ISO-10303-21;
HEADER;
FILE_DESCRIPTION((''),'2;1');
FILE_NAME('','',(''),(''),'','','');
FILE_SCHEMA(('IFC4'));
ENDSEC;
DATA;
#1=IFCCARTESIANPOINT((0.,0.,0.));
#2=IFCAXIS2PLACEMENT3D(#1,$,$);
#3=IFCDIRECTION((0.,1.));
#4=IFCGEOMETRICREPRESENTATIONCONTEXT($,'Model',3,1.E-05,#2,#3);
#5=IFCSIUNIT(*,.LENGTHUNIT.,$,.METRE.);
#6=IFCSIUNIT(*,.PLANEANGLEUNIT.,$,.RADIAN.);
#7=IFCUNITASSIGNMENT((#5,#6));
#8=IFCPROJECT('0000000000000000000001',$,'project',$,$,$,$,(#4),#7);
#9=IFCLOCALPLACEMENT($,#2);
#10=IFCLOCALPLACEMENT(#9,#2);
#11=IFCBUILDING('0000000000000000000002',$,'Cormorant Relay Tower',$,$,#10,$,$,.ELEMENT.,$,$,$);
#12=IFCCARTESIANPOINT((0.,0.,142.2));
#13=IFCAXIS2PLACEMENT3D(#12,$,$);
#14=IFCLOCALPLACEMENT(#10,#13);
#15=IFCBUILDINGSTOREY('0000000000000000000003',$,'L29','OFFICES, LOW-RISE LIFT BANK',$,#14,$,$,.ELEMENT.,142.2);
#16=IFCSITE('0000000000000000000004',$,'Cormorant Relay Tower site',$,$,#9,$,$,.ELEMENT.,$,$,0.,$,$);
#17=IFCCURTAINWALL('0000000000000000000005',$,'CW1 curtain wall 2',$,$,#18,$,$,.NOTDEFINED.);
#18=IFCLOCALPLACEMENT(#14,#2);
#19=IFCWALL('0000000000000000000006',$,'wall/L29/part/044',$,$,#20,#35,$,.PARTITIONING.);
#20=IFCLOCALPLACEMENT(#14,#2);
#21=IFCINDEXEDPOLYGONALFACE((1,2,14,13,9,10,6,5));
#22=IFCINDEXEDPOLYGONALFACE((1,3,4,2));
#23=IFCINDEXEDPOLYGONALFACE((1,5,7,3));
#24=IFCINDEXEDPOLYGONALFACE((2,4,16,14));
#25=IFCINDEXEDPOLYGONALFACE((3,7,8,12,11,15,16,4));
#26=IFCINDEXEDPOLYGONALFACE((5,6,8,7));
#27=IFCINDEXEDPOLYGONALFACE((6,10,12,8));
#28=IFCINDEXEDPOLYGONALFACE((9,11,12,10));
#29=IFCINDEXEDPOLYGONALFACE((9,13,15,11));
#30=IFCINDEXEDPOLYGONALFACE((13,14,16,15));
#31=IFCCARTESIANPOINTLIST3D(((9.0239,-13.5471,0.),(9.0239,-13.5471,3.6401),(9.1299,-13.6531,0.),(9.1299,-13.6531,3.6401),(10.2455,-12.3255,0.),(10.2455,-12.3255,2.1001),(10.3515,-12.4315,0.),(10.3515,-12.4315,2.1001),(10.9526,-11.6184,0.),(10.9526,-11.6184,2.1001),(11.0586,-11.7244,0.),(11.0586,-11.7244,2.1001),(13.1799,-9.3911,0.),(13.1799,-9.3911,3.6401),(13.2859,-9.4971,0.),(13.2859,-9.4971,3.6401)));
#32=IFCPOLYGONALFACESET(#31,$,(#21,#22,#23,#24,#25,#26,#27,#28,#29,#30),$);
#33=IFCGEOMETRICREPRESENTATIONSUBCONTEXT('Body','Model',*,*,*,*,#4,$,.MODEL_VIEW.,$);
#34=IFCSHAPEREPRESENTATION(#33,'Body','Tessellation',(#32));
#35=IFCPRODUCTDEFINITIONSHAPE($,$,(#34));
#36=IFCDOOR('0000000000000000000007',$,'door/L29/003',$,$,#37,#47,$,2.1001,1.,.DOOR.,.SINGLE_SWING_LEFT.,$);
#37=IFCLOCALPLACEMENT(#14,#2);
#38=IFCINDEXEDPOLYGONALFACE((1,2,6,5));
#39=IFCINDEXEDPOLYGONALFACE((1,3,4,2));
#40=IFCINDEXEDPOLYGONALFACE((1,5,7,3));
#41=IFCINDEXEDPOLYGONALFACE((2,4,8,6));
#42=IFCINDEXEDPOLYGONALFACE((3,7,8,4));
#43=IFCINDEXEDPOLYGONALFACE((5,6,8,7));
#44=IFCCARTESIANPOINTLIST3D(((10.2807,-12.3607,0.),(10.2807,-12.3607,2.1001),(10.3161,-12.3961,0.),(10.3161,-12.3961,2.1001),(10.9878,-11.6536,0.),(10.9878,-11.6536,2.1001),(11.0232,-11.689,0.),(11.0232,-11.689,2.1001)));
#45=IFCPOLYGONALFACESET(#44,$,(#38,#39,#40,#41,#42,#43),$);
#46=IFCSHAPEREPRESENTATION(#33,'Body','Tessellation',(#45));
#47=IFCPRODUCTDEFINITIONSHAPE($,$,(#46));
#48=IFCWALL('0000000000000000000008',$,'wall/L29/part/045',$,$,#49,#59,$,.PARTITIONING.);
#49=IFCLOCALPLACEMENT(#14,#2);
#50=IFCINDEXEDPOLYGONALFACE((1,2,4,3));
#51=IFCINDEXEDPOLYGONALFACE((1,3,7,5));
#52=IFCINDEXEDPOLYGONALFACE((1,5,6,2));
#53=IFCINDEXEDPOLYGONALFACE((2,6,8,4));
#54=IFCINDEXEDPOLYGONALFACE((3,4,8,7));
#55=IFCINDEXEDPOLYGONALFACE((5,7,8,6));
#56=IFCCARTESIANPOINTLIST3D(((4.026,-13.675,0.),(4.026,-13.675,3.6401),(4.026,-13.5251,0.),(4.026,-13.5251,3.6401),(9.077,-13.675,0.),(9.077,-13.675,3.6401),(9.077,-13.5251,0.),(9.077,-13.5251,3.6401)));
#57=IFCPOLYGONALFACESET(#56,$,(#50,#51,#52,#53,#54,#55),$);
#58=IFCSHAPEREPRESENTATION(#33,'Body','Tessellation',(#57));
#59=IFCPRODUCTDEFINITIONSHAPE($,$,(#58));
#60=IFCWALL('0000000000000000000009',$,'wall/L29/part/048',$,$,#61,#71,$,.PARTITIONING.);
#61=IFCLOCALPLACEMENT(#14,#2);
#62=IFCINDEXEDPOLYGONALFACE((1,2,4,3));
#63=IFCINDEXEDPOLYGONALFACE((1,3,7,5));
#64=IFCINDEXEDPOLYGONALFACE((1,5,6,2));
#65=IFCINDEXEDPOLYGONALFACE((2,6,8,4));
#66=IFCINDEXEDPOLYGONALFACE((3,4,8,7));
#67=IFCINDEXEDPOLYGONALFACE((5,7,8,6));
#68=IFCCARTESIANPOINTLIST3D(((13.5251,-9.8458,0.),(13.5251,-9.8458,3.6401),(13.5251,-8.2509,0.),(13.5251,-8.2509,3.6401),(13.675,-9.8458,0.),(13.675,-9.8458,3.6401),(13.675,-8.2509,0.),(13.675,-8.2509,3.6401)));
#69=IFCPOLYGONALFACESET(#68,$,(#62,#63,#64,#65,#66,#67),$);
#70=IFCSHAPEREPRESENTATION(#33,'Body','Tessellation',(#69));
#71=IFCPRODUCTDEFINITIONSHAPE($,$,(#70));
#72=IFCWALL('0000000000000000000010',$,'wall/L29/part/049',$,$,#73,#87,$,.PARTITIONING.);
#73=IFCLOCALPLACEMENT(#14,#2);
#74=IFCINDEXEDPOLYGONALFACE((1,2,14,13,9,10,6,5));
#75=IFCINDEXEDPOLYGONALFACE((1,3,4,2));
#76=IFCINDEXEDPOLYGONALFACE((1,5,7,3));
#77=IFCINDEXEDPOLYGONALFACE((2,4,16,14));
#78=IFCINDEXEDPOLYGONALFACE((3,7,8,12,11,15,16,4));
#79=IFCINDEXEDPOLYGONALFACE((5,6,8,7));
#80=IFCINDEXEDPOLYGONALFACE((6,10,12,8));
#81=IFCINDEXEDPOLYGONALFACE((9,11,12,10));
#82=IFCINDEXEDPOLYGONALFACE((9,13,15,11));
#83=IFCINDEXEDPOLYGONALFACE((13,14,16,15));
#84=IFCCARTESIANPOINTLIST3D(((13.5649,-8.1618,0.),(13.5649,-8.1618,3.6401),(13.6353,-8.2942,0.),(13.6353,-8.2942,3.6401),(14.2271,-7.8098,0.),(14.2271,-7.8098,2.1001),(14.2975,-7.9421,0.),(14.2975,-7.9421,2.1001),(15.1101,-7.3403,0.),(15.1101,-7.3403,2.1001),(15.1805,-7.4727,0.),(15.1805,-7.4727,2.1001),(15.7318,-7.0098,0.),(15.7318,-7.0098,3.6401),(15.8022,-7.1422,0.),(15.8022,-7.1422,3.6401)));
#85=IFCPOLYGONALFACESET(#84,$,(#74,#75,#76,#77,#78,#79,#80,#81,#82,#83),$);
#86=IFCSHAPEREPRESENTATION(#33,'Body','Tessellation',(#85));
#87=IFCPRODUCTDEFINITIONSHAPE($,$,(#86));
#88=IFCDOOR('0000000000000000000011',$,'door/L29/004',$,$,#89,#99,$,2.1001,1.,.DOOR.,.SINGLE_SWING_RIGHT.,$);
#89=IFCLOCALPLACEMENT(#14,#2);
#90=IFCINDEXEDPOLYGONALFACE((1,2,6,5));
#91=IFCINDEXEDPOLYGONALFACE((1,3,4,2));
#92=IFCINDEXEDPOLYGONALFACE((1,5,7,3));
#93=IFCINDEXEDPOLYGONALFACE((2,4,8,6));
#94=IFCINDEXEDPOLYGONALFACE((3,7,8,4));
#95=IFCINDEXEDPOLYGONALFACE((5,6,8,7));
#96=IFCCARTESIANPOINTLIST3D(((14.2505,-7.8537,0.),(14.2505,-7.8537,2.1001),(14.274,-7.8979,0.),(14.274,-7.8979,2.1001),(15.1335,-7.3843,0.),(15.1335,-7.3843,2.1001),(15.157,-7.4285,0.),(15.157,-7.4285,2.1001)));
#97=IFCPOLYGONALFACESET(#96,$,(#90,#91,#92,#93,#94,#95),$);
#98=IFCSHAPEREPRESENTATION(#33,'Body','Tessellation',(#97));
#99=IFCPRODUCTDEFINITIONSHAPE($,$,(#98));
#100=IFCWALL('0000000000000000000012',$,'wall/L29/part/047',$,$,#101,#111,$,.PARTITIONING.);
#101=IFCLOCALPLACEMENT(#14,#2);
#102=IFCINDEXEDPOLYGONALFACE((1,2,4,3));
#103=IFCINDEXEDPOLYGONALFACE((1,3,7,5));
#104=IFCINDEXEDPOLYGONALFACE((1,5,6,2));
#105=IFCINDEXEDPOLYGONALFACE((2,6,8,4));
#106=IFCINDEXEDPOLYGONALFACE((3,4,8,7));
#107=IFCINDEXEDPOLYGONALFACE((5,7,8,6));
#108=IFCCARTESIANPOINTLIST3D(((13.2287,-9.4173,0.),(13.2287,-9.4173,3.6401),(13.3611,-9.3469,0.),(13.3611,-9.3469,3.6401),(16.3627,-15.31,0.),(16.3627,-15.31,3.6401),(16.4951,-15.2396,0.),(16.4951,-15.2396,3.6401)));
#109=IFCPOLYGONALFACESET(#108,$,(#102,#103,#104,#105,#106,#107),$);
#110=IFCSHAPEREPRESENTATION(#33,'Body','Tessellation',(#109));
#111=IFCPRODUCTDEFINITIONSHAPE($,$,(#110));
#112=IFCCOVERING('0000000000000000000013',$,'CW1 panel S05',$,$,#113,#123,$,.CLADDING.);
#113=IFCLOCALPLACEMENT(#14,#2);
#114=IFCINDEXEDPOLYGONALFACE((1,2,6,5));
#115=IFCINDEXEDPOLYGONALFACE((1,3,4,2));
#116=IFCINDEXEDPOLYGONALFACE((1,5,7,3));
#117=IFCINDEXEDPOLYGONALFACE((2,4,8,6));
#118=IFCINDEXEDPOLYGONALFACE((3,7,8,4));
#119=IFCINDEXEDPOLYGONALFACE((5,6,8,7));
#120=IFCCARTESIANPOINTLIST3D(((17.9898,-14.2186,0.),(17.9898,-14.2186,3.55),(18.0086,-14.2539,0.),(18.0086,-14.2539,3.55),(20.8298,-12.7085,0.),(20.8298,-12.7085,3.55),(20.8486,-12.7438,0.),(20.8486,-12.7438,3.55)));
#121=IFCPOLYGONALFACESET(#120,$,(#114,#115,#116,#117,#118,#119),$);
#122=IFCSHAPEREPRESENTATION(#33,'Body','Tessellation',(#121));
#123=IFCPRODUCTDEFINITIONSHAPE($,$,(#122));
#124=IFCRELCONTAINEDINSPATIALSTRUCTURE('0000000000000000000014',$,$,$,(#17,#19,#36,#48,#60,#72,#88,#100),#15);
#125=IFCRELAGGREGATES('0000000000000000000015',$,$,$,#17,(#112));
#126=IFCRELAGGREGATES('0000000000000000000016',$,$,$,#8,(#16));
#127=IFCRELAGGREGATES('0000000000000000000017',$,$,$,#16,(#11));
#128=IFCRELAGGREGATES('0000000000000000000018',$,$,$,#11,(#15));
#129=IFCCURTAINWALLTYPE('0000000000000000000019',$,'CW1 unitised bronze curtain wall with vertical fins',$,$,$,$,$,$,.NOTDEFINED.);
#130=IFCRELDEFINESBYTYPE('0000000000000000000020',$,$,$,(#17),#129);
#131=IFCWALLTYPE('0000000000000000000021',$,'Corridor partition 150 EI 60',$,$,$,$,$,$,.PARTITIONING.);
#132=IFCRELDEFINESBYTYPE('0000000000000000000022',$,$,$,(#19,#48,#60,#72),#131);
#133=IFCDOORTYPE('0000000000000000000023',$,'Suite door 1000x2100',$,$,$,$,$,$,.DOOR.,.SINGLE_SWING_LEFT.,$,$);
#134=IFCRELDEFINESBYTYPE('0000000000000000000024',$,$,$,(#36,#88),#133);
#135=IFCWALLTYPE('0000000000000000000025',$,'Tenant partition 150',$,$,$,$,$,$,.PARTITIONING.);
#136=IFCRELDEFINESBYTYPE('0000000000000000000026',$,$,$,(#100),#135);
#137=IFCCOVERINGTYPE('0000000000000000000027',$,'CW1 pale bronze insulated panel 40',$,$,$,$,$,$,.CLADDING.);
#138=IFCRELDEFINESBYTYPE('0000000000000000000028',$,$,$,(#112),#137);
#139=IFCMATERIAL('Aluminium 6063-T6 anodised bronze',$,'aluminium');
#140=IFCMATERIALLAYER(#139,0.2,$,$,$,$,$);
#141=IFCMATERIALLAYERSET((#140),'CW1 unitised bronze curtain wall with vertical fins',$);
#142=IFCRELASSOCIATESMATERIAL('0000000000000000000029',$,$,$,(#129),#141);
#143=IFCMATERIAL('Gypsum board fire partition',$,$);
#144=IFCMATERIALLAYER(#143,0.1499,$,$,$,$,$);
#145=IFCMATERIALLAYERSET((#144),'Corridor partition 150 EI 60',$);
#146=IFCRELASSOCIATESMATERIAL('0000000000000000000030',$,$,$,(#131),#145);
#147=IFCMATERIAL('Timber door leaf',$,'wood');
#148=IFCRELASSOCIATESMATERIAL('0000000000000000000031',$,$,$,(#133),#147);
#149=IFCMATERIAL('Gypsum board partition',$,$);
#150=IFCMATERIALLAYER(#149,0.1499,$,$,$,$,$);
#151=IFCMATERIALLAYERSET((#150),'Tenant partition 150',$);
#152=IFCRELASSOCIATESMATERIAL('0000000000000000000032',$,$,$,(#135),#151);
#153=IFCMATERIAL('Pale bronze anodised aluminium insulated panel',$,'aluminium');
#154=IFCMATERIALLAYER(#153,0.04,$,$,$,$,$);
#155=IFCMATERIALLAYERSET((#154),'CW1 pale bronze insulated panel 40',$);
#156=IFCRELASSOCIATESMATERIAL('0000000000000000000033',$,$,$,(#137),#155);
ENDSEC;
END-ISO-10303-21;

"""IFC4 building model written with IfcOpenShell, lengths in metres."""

from ifc_helpers import new_model, si_unit, direction, frame, frame_2d, origin, origin_2d, place, context, subcontext, project, spatial, rectangle, extrude, material, layer, layer_set, type_object, element, fill, aggregate, save


model = new_model("IFC4")

# Units and contexts
model_context = context("Model", 3, precision=1e-05, world=origin(), true_north=direction((0.0, 1.0)))
body_context = subcontext(model_context, "Body", "Model", "MODEL_VIEW")
ifc_project = project(units=[si_unit("LENGTHUNIT", "METRE"), si_unit("PLANEANGLEUNIT", "RADIAN")], contexts=[model_context])

# Site, building, storey
site_placement = place(None, origin())
site = spatial("IfcSite", under=ifc_project, at=site_placement, Name="Cormorant Relay Tower site", CompositionType="ELEMENT", RefElevation=0.0)
building_placement = place(site_placement, origin())
building = spatial("IfcBuilding", under=site, at=building_placement, Name="Cormorant Relay Tower", CompositionType="ELEMENT")
storey_placement = place(building_placement, frame((0.0, 0.0, 142.2)))
storey = spatial("IfcBuildingStorey", under=building, at=storey_placement, Name="L29", Description="OFFICES, LOW-RISE LIFT BANK", CompositionType="ELEMENT", Elevation=142.2)

# Curtain wall
ifc_material_1 = material(Name="Aluminium 6063-T6 anodised bronze", Category="aluminium")
ifc_layer_1 = layer(ifc_material_1, 0.2)
ifc_layer_set_1 = layer_set([ifc_layer_1], Name="CW1 unitised bronze curtain wall with vertical fins")
curtain_wall_type = type_object("IfcCurtainWallType", Name="CW1 unitised bronze curtain wall with vertical fins", PredefinedType="NOTDEFINED", material=ifc_layer_set_1)
curtain_wall_placement = place(storey_placement, origin())
curtain_wall = element("IfcCurtainWall", 1, at=curtain_wall_placement, inside=storey, type_object=curtain_wall_type, Name="CW1 curtain wall 2", PredefinedType="NOTDEFINED")

# Wall, opening, door
ifc_material_2 = material(Name="Gypsum board fire partition")
ifc_layer_2 = layer(ifc_material_2, 0.1499)
ifc_layer_set_2 = layer_set([ifc_layer_2], Name="Corridor partition 150 EI 60")
wall_type_1 = type_object("IfcWallType", Name="Corridor partition 150 EI 60", PredefinedType="PARTITIONING", material=ifc_layer_set_2)
wall_1_placement = place(storey_placement, frame((13.2329, -9.4441, 0.0), z_axis=(0.0, 0.0, 1.0), x_axis=(-0.707107, -0.707107, 0.0)))
wall_1 = element("IfcWall", 2, at=wall_1_placement, inside=storey, type_object=wall_type_1, Name="wall/L29/part/044", PredefinedType="PARTITIONING", context=body_context, shape_type="SweptSolid", body=[
    extrude(rectangle(XDim=5.8774, YDim=0.1499, at=frame_2d((2.9387, 0.0))), origin(), (0.0, 0.0, 1.0), 3.6401),
])
opening_1_placement = place(wall_1_placement, frame((3.1499, 0.0, 0.0)))
opening_1 = element("IfcOpeningElement", 3, at=opening_1_placement, cuts=wall_1, PredefinedType="OPENING", context=body_context, shape_type="SweptSolid", body=[
    extrude(rectangle(XDim=1.0, YDim=2.1001, at=frame_2d((0.5, 1.05))), frame((0.0, 0.085, 0.0), z_axis=(0.0, -1.0, 0.0), x_axis=(1.0, 0.0, 0.0)), (0.0, 0.0, 1.0), 0.1699),
])
ifc_material_3 = material(Name="Timber door leaf", Category="wood")
door_type_1 = type_object("IfcDoorType", Name="Suite door 1000x2100", OperationType="SINGLE_SWING_LEFT", PredefinedType="DOOR", material=ifc_material_3)
door_1_placement = place(opening_1_placement, origin())
door_1 = element("IfcDoor", 4, at=door_1_placement, inside=storey, type_object=door_type_1, Name="door/L29/003", OperationType="SINGLE_SWING_LEFT", OverallHeight=2.1001, OverallWidth=1.0, PredefinedType="DOOR", context=body_context, shape_type="SweptSolid", body=[
    extrude(rectangle(XDim=1.0, YDim=2.1001, at=frame_2d((0.5, 1.05))), frame((0.0, 0.0249, 0.0), z_axis=(0.0, -1.0, 0.0), x_axis=(1.0, 0.0, 0.0)), (0.0, 0.0, 1.0), 0.05),
])
fill(opening_1, door_1)

# Walls
wall_2_placement = place(storey_placement, frame((9.0769, -13.6001, 0.0), z_axis=(0.0, 0.0, 1.0), x_axis=(-1.0, 0.0, 0.0)))
element("IfcWall", 5, at=wall_2_placement, inside=storey, type_object=wall_type_1, Name="wall/L29/part/045", PredefinedType="PARTITIONING", context=body_context, shape_type="SweptSolid", body=[
    extrude(rectangle(XDim=5.051, YDim=0.1499, at=frame_2d((2.5254, 0.0))), origin(), (0.0, 0.0, 1.0), 3.6401),
])
wall_3_placement = place(storey_placement, frame((13.6001, -8.251, 0.0), z_axis=(0.0, 0.0, 1.0), x_axis=(0.0, -1.0, 0.0)))
element("IfcWall", 6, at=wall_3_placement, inside=storey, type_object=wall_type_1, Name="wall/L29/part/048", PredefinedType="PARTITIONING", context=body_context, shape_type="SweptSolid", body=[
    extrude(rectangle(XDim=1.595, YDim=0.1499, at=frame_2d((0.7974, 0.0))), origin(), (0.0, 0.0, 1.0), 3.6401),
])

# Wall, opening, door
wall_4_placement = place(storey_placement, frame((13.6001, -8.228, 0.0), z_axis=(0.0, 0.0, 1.0), x_axis=(0.882966, 0.469436, 0.0)))
wall_4 = element("IfcWall", 7, at=wall_4_placement, inside=storey, type_object=wall_type_1, Name="wall/L29/part/049", PredefinedType="PARTITIONING", context=body_context, shape_type="SweptSolid", body=[
    extrude(rectangle(XDim=2.4541, YDim=0.1499, at=frame_2d((1.2271, 0.0))), origin(), (0.0, 0.0, 1.0), 3.6401),
])
opening_2_placement = place(wall_4_placement, frame((0.75, 0.0, 0.0)))
opening_2 = element("IfcOpeningElement", 8, at=opening_2_placement, cuts=wall_4, PredefinedType="OPENING", context=body_context, shape_type="SweptSolid", body=[
    extrude(rectangle(XDim=1.0, YDim=2.1001, at=frame_2d((0.5, 1.05))), frame((0.0, 0.085, 0.0), z_axis=(0.0, -1.0, 0.0), x_axis=(1.0, 0.0, 0.0)), (0.0, 0.0, 1.0), 0.1699),
])
door_2_placement = place(opening_2_placement, frame((1.0, 0.0, 0.0), z_axis=(0.0, 0.0, 1.0), x_axis=(-1.0, 0.0, 0.0)))
door_2 = element("IfcDoor", 9, at=door_2_placement, inside=storey, type_object=door_type_1, Name="door/L29/004", OperationType="SINGLE_SWING_RIGHT", OverallHeight=2.1001, OverallWidth=1.0, PredefinedType="DOOR", context=body_context, shape_type="SweptSolid", body=[
    extrude(rectangle(XDim=1.0, YDim=2.1001, at=frame_2d((0.5, 1.05))), frame((0.0, 0.0249, 0.0), z_axis=(0.0, -1.0, 0.0), x_axis=(1.0, 0.0, 0.0)), (0.0, 0.0, 1.0), 0.05),
])
fill(opening_2, door_2)

# Wall
ifc_material_4 = material(Name="Gypsum board partition")
ifc_layer_3 = layer(ifc_material_4, 0.1499)
ifc_layer_set_3 = layer_set([ifc_layer_3], Name="Tenant partition 150")
wall_type_2 = type_object("IfcWallType", Name="Tenant partition 150", PredefinedType="PARTITIONING", material=ifc_layer_set_3)
wall_5_placement = place(storey_placement, frame((13.2949, -9.3821, 0.0), z_axis=(0.0, 0.0, 1.0), x_axis=(0.469561, -0.8829, 0.0)))
element("IfcWall", 10, at=wall_5_placement, inside=storey, type_object=wall_type_2, Name="wall/L29/part/047", PredefinedType="PARTITIONING", context=body_context, shape_type="SweptSolid", body=[
    extrude(rectangle(XDim=6.6743, YDim=0.1499, at=frame_2d((3.3372, 0.0))), origin(), (0.0, 0.0, 1.0), 3.6401),
])

# Covering
ifc_material_5 = material(Name="Pale bronze anodised aluminium insulated panel", Category="aluminium")
ifc_layer_4 = layer(ifc_material_5, 0.04)
ifc_layer_set_4 = layer_set([ifc_layer_4], Name="CW1 pale bronze insulated panel 40")
covering_type = type_object("IfcCoveringType", Name="CW1 pale bronze insulated panel 40", PredefinedType="CLADDING", material=ifc_layer_set_4)
covering_placement = place(storey_placement, frame((19.4192, -13.4812, 0.0), z_axis=(0.0, 0.0, 1.0), x_axis=(0.882948, 0.469472, 0.0)))
covering = element("IfcCovering", 11, at=covering_placement, type_object=covering_type, Name="CW1 panel S05", PredefinedType="CLADDING", context=body_context, shape_type="SweptSolid", body=[
    extrude(rectangle(XDim=3.2166, YDim=0.04, at=origin_2d()), origin(), (0.0, 0.0, 1.0), 3.55),
])
aggregate(curtain_wall, [covering])

save(model, "model.ifc")
